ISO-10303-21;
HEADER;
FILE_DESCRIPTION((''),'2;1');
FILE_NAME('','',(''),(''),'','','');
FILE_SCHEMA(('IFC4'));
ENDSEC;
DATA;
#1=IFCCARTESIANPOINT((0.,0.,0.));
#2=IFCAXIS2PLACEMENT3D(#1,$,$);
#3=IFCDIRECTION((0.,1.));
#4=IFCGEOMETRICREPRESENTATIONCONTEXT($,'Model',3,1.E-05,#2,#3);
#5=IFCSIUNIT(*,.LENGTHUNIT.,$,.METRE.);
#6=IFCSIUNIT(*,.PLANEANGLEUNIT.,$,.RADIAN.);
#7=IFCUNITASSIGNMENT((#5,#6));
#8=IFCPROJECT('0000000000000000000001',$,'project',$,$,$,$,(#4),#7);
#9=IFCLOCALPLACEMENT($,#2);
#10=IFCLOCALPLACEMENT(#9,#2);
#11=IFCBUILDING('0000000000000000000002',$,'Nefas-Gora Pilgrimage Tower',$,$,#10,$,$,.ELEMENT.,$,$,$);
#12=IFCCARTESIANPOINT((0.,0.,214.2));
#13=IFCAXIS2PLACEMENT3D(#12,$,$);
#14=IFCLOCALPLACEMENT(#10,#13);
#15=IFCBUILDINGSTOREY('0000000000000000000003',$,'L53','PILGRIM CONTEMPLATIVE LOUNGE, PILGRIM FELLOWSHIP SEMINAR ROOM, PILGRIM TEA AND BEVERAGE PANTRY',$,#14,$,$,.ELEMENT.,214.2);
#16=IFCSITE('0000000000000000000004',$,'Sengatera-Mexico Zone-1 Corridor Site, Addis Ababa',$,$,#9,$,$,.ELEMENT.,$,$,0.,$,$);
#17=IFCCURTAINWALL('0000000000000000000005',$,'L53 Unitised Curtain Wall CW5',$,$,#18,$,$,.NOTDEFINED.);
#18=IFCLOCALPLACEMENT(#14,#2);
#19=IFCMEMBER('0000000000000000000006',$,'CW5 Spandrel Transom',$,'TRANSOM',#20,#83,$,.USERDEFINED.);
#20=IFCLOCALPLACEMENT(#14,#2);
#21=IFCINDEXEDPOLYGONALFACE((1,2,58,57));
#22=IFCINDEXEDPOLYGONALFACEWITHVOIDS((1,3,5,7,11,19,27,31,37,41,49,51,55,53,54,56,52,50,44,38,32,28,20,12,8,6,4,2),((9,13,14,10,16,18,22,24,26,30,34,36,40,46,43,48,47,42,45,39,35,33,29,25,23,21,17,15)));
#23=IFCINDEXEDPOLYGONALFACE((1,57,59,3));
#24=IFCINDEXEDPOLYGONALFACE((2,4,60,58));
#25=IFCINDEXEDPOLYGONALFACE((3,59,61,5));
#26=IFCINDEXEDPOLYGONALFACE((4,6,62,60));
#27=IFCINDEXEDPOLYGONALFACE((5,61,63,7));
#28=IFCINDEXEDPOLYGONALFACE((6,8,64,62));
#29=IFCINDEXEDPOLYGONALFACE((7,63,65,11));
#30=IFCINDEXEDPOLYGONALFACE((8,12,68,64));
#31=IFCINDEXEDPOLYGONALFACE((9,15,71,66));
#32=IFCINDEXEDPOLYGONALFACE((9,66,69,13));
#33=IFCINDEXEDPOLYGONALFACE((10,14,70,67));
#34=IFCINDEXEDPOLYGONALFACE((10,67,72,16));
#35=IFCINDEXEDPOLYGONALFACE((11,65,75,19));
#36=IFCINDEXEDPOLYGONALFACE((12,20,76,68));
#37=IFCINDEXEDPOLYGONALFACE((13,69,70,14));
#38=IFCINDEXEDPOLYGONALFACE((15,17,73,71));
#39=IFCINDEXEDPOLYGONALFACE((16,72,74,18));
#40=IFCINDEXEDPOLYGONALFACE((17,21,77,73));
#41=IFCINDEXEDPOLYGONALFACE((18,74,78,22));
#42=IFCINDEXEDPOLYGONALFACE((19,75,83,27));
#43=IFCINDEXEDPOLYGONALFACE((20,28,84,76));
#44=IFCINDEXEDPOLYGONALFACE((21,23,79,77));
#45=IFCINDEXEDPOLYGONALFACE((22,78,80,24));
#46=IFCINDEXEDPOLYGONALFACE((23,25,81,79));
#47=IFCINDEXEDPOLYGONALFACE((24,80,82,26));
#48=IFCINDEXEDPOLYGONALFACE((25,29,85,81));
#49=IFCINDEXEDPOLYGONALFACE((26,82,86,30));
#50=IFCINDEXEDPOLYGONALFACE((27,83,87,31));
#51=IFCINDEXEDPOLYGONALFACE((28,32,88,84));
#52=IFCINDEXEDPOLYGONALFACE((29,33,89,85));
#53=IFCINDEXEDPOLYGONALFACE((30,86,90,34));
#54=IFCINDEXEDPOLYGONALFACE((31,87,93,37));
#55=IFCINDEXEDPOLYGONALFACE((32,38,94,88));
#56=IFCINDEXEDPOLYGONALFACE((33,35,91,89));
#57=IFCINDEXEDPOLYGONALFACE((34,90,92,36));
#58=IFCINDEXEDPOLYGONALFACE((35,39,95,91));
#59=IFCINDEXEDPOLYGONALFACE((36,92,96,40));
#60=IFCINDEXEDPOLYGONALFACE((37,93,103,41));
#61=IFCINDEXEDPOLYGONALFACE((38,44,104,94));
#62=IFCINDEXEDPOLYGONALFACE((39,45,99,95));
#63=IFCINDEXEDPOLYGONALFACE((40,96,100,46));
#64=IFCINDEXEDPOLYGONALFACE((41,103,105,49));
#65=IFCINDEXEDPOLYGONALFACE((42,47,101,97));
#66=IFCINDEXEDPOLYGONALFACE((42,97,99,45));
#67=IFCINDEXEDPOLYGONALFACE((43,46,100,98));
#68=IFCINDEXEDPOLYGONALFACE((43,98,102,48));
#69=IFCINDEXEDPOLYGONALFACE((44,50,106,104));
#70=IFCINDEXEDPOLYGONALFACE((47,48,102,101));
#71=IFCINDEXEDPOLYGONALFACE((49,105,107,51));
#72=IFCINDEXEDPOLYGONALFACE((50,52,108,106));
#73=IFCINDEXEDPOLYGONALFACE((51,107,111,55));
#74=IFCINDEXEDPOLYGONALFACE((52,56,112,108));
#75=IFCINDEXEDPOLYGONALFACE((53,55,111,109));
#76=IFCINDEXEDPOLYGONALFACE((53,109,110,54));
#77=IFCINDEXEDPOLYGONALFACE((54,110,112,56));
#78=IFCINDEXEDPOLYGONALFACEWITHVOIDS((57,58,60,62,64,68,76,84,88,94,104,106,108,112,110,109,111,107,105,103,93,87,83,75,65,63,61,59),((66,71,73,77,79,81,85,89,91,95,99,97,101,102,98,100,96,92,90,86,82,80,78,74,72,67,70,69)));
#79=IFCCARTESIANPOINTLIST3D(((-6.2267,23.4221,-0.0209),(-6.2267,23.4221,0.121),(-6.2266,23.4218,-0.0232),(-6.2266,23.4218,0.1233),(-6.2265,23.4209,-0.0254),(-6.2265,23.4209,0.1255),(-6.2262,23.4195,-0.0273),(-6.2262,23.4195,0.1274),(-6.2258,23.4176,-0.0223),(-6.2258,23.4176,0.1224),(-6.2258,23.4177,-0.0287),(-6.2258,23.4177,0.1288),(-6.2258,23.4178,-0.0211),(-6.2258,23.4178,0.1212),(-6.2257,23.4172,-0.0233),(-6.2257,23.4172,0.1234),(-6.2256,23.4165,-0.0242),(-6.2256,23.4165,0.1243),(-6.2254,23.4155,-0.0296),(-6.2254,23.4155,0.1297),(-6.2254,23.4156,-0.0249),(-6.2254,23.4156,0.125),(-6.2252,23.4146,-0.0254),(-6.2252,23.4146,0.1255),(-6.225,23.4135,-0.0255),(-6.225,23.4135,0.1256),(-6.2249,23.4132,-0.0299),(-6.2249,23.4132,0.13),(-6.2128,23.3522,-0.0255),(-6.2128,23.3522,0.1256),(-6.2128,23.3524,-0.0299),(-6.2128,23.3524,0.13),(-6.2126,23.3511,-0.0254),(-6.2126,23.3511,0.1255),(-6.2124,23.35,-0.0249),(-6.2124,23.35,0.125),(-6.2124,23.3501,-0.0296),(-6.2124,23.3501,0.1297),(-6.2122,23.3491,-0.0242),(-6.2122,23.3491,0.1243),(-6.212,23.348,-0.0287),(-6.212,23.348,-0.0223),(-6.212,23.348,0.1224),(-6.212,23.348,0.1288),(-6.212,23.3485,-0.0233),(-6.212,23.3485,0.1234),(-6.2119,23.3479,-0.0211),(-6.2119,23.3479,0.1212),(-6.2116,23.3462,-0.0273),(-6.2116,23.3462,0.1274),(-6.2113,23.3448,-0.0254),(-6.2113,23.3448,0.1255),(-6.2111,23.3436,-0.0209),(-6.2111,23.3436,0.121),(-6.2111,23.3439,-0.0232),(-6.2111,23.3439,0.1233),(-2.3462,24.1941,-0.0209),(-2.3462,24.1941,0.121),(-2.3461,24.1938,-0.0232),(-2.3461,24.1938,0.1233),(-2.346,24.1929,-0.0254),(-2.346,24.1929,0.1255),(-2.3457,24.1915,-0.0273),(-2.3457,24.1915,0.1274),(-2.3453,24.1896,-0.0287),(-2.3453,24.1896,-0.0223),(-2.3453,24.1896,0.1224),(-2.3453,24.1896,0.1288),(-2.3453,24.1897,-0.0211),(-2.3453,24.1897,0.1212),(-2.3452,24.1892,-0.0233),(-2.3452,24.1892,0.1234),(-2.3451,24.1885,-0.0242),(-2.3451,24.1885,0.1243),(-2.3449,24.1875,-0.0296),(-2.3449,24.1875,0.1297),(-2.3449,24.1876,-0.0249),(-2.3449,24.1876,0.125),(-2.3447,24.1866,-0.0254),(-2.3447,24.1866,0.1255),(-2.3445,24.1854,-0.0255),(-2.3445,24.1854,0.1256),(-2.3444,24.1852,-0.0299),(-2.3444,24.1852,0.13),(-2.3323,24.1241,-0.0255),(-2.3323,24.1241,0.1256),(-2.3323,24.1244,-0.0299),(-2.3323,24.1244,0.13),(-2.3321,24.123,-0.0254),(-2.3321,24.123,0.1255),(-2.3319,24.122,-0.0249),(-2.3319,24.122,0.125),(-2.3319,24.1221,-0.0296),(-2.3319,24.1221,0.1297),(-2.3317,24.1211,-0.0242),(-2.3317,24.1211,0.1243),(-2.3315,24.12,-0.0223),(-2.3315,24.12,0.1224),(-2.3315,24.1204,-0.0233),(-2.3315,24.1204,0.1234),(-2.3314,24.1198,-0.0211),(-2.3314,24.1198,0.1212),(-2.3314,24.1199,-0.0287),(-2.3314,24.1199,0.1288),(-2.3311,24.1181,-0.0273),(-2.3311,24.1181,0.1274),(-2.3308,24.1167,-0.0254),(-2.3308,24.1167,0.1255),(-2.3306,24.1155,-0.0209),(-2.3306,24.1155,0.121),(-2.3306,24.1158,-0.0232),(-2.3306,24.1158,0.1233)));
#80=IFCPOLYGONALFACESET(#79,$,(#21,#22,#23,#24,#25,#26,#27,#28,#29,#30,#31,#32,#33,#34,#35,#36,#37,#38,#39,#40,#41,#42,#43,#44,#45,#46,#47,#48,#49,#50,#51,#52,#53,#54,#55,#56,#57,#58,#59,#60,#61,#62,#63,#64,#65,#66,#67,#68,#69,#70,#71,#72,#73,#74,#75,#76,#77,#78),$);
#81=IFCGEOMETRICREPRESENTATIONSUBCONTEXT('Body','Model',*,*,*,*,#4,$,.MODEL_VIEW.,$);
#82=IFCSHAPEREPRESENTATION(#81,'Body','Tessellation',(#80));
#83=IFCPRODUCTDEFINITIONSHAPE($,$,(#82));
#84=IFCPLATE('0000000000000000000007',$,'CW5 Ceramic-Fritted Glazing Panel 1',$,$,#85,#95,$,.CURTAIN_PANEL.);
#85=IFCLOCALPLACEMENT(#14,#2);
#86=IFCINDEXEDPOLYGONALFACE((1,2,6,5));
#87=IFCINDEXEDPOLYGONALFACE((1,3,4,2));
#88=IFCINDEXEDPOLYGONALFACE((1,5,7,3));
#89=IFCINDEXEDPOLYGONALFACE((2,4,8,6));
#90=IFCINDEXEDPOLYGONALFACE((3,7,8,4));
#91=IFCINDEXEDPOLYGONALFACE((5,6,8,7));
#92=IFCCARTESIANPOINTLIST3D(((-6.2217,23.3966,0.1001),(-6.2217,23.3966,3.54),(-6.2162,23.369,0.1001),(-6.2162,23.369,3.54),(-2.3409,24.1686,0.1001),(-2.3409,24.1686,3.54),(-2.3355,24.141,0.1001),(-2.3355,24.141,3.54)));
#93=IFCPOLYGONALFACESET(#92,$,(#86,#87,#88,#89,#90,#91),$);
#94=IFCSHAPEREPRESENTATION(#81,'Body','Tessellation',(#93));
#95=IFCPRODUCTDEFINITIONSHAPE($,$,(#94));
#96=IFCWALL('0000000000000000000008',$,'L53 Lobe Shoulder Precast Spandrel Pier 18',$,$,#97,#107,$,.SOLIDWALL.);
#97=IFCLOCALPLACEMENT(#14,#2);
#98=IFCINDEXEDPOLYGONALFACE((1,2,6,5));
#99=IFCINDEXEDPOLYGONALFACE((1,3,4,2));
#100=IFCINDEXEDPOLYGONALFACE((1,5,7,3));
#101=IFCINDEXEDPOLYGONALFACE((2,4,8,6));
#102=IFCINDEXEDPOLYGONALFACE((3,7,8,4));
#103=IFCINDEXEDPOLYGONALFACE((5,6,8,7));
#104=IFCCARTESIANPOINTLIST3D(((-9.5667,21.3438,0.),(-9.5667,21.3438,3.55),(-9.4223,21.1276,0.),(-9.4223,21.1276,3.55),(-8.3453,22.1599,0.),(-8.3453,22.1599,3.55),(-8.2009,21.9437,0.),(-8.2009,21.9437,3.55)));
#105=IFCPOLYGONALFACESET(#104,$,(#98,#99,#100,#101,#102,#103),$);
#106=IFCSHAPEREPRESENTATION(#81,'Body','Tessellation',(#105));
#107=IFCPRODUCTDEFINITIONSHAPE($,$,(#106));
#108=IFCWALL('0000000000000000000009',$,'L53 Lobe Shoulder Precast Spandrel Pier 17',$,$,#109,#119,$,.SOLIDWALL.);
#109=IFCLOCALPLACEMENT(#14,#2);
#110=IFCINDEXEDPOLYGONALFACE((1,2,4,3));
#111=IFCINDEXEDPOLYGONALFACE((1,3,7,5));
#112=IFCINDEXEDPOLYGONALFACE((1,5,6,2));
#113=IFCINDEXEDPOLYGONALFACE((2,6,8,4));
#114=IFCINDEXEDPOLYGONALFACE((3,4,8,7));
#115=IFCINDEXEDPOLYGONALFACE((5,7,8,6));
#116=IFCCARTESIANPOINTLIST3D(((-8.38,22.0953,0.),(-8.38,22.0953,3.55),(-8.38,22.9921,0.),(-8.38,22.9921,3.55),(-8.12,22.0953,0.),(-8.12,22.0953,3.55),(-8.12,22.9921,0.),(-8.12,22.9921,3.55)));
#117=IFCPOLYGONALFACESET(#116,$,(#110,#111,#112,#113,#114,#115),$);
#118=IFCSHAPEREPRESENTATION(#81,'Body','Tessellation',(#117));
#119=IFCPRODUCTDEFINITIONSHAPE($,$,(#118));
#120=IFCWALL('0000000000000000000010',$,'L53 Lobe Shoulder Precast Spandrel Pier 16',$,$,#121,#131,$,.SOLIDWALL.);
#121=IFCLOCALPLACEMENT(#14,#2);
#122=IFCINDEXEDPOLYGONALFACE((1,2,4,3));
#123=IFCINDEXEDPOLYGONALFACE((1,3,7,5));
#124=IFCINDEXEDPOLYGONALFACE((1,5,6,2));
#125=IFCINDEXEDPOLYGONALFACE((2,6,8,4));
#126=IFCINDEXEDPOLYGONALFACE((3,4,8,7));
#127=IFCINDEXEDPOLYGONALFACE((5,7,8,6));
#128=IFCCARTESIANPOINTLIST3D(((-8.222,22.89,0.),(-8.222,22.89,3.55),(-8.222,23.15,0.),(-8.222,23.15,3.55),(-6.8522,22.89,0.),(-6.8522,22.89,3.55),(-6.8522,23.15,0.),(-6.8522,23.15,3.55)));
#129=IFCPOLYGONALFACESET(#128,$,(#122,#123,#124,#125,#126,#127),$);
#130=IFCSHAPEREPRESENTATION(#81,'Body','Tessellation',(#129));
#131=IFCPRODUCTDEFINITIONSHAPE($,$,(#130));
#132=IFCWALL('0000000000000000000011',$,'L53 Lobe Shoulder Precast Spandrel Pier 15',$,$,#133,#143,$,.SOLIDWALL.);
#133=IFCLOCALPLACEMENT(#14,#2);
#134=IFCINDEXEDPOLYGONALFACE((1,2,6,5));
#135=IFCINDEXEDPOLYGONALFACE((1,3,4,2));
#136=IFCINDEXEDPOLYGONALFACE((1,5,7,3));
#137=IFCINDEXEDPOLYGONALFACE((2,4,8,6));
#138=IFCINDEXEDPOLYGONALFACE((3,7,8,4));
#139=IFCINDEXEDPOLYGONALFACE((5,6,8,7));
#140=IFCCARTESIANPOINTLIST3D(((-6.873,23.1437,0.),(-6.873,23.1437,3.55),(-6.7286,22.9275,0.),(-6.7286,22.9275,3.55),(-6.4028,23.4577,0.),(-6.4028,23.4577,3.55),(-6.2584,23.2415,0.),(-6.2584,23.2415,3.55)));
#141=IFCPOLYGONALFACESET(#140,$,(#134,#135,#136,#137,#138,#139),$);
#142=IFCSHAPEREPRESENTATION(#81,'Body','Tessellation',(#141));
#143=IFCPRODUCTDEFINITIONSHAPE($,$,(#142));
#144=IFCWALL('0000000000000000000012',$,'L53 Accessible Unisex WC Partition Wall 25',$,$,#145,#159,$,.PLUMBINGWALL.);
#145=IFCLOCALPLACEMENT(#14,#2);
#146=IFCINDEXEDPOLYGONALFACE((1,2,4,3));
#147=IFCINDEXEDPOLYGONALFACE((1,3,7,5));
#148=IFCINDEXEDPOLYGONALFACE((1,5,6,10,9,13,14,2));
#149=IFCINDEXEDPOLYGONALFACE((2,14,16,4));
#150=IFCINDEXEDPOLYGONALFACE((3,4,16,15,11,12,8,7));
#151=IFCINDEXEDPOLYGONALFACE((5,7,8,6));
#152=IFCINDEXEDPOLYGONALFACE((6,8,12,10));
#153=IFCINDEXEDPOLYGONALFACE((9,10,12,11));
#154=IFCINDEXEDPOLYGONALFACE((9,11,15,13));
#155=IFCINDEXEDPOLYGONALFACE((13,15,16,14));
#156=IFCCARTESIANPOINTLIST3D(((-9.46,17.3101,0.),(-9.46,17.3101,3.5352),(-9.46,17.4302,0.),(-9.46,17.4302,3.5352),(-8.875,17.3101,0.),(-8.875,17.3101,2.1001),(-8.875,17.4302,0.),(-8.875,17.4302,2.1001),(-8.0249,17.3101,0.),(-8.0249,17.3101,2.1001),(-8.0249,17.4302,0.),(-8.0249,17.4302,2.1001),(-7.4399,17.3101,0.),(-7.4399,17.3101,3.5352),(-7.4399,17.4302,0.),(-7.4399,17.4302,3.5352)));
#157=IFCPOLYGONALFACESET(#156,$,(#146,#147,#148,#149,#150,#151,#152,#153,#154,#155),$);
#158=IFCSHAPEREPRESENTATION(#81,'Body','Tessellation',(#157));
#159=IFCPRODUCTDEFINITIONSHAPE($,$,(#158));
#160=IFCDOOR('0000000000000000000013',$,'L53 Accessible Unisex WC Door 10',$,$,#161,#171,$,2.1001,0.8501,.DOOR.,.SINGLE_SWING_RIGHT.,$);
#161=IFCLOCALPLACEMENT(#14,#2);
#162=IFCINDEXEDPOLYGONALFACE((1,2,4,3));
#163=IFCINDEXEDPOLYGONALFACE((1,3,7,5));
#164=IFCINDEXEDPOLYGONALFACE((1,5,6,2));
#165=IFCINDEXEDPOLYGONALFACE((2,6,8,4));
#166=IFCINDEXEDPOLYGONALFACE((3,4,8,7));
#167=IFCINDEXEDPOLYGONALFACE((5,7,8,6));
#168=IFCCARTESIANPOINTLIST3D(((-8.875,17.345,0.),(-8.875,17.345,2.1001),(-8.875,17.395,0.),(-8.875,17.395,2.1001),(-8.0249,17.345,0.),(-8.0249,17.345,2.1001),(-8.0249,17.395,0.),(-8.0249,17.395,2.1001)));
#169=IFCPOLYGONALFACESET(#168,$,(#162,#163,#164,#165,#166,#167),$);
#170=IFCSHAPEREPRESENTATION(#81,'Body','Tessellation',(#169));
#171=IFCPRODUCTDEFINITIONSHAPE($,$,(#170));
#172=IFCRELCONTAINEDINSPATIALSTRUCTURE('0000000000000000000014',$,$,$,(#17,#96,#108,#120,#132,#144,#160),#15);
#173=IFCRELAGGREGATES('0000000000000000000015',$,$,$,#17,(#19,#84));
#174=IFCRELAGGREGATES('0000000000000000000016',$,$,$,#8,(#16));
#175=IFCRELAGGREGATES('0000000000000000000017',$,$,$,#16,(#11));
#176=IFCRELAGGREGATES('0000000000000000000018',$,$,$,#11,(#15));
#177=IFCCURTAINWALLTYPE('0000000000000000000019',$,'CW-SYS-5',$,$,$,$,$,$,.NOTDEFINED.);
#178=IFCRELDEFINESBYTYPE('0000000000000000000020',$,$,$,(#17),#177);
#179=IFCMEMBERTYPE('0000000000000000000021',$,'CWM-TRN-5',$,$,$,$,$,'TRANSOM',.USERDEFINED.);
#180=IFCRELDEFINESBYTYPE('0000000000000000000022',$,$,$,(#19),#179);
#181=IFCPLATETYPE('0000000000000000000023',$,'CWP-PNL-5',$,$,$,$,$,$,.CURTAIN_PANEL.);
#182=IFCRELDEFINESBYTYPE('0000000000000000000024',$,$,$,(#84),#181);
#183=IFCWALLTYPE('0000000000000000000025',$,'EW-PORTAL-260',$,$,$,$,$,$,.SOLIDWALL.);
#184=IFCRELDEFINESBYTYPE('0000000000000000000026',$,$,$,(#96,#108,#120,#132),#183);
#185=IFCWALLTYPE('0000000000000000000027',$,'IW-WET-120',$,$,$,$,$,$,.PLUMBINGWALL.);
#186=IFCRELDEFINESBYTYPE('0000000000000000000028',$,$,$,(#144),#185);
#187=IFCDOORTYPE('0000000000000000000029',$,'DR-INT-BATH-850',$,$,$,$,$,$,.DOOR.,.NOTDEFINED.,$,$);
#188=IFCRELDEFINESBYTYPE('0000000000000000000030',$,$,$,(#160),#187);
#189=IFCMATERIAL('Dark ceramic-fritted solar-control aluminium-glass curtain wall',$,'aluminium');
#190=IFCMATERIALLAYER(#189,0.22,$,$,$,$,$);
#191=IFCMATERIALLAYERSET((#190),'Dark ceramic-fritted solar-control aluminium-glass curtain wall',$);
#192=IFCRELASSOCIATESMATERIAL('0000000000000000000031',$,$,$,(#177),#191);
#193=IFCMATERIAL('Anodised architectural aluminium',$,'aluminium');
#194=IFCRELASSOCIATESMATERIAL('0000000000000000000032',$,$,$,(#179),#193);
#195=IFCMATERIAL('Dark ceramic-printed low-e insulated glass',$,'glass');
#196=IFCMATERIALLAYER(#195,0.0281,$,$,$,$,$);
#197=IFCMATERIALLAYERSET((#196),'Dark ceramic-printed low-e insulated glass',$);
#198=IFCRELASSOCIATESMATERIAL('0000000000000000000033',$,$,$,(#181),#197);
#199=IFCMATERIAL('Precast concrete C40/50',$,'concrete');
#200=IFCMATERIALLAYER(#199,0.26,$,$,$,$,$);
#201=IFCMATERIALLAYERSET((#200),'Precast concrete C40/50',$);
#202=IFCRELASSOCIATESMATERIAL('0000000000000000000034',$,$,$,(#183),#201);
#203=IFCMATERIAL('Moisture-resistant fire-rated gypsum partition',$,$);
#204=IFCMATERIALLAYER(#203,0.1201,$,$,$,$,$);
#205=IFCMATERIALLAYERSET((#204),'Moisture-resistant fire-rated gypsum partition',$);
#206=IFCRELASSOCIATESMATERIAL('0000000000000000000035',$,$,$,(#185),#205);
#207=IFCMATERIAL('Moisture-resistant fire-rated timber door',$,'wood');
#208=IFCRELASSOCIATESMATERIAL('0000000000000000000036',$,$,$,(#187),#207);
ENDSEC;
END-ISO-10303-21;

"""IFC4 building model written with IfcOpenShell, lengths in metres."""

from ifc_helpers import new_model, si_unit, direction, frame, frame_2d, origin, origin_2d, place, context, subcontext, project, spatial, rectangle, hollow_rectangle, extrude, source, transform, mapped, material, layer, layer_set, material_profile, profile_set, type_object, element, fill, aggregate, save


model = new_model("IFC4")

# Units and contexts
model_context = context("Model", 3, precision=1e-05, world=origin(), true_north=direction((0.0, 1.0)))
body_context = subcontext(model_context, "Body", "Model", "MODEL_VIEW")
ifc_project = project(units=[si_unit("LENGTHUNIT", "METRE"), si_unit("PLANEANGLEUNIT", "RADIAN")], contexts=[model_context])

# Site, building, storey
site_placement = place(None, origin())
site = spatial("IfcSite", under=ifc_project, at=site_placement, Name="Sengatera-Mexico Zone-1 Corridor Site, Addis Ababa", CompositionType="ELEMENT", RefElevation=0.0)
building_placement = place(site_placement, origin())
building = spatial("IfcBuilding", under=site, at=building_placement, Name="Nefas-Gora Pilgrimage Tower", CompositionType="ELEMENT")
storey_placement = place(building_placement, frame((0.0, 0.0, 214.2)))
storey = spatial("IfcBuildingStorey", under=building, at=storey_placement, Name="L53", Description="PILGRIM CONTEMPLATIVE LOUNGE, PILGRIM FELLOWSHIP SEMINAR ROOM, PILGRIM TEA AND BEVERAGE PANTRY", CompositionType="ELEMENT", Elevation=214.2)

# Shared definitions
ifc_material_1 = material(Name="Dark ceramic-fritted solar-control aluminium-glass curtain wall", Category="aluminium")
ifc_layer_1 = layer(ifc_material_1, 0.22)
ifc_layer_set_1 = layer_set([ifc_layer_1], Name="Dark ceramic-fritted solar-control aluminium-glass curtain wall")
curtain_wall_type = type_object("IfcCurtainWallType", Name="CW-SYS-5", PredefinedType="NOTDEFINED", material=ifc_layer_set_1)
ifc_material_2 = material(Name="Anodised architectural aluminium", Category="aluminium")

# Curtain wall
curtain_wall_1_placement = place(storey_placement, origin())
curtain_wall_1 = element("IfcCurtainWall", 1, at=curtain_wall_1_placement, inside=storey, type_object=curtain_wall_type, Name="L53 Unitised Curtain Wall CW5", PredefinedType="NOTDEFINED")

# Member
ifc_material_profile_1 = material_profile(ifc_material_2, hollow_rectangle(XDim=0.0801, YDim=0.1599, WallThickness=0.0044, InnerFilletRadius=0.0044, OuterFilletRadius=0.009, at=origin_2d()), Name="ALU TRANSOM 80x160")
ifc_profile_set_1 = profile_set([ifc_material_profile_1], Name="Anodised architectural aluminium")
member_type_1 = type_object("IfcMemberType", Name="CWM-TRN-5", ElementType="TRANSOM", PredefinedType="USERDEFINED", material=ifc_profile_set_1)
shared_shape_1 = source(origin(), body_context, "Body", "SweptSolid", [
    extrude(hollow_rectangle(XDim=0.0801, YDim=0.1599, WallThickness=0.0044, InnerFilletRadius=0.0044, OuterFilletRadius=0.009, at=origin_2d()), origin(), (0.0, 0.0, 1.0), 3.9565),
])
member_1_placement = place(storey_placement, frame((-2.3384, 24.1548, 0.05), z_axis=(-0.980782, -0.195107, 0.0), x_axis=(0.195107, -0.980782, 0.0)))
member_1 = element("IfcMember", 2, at=member_1_placement, type_object=member_type_1, Name="CW5 Spandrel Transom", ObjectType="TRANSOM", PredefinedType="USERDEFINED", context=body_context, shape_type="MappedRepresentation", body=[
    mapped(shared_shape_1, transform((0.0, 0.0, 0.0), x_axis=(1.0, 0.0, 0.0), y_axis=(0.0, 1.0, 0.0), z_axis=(0.0, 0.0, 1.0), scale=1.0)),
])

# Plate
ifc_material_3 = material(Name="Dark ceramic-printed low-e insulated glass", Category="glass")
ifc_layer_2 = layer(ifc_material_3, 0.0281)
ifc_layer_set_2 = layer_set([ifc_layer_2], Name="Dark ceramic-printed low-e insulated glass")
plate_type = type_object("IfcPlateType", Name="CWP-PNL-5", PredefinedType="CURTAIN_PANEL", material=ifc_layer_set_2)
shared_shape_2 = source(origin(), body_context, "Body", "SweptSolid", [
    extrude(rectangle(XDim=3.9568, YDim=0.0281, at=origin_2d()), origin(), (0.0, 0.0, 1.0), 3.4399),
])
plate_placement = place(storey_placement, frame((-4.2786, 23.7688, 0.1001), z_axis=(0.0, 0.0, 1.0), x_axis=(-0.980783, -0.195102, 0.0)))
plate = element("IfcPlate", 3, at=plate_placement, type_object=plate_type, Name="CW5 Ceramic-Fritted Glazing Panel 1", PredefinedType="CURTAIN_PANEL", context=body_context, shape_type="MappedRepresentation", body=[
    mapped(shared_shape_2, transform((0.0, 0.0, 0.0), x_axis=(1.0, 0.0, 0.0), y_axis=(0.0, 1.0, 0.0), z_axis=(0.0, 0.0, 1.0), scale=1.0)),
])
aggregate(curtain_wall_1, [member_1, plate])

# Walls
ifc_material_4 = material(Name="Precast concrete C40/50", Category="concrete")
ifc_layer_3 = layer(ifc_material_4, 0.26)
ifc_layer_set_3 = layer_set([ifc_layer_3], Name="Precast concrete C40/50")
wall_type_1 = type_object("IfcWallType", Name="EW-PORTAL-260", PredefinedType="SOLIDWALL", material=ifc_layer_set_3)
shared_shape_3 = source(origin(), body_context, "Body", "SweptSolid", [
    extrude(rectangle(XDim=1.469, YDim=0.26, at=frame_2d((0.7344, 0.0))), origin(), (0.0, 0.0, 1.0), 3.55),
])
wall_1_placement = place(storey_placement, frame((-8.2732, 22.0518, 0.0), z_axis=(0.0, 0.0, 1.0), x_axis=(-0.831462, -0.555582, 0.0)))
element("IfcWall", 4, at=wall_1_placement, inside=storey, type_object=wall_type_1, Name="L53 Lobe Shoulder Precast Spandrel Pier 18", PredefinedType="SOLIDWALL", context=body_context, shape_type="MappedRepresentation", body=[
    mapped(shared_shape_3, transform((0.0, 0.0, 0.0), x_axis=(1.0, 0.0, 0.0), y_axis=(0.0, 1.0, 0.0), z_axis=(0.0, 0.0, 1.0), scale=1.0)),
])
shared_shape_4 = source(origin(), body_context, "Body", "SweptSolid", [
    extrude(rectangle(XDim=0.8967, YDim=0.26, at=frame_2d((0.4482, 0.0))), origin(), (0.0, 0.0, 1.0), 3.55),
])
wall_2_placement = place(storey_placement, frame((-8.25, 22.9919, 0.0), z_axis=(0.0, 0.0, 1.0), x_axis=(0.0, -1.0, 0.0)))
element("IfcWall", 5, at=wall_2_placement, inside=storey, type_object=wall_type_1, Name="L53 Lobe Shoulder Precast Spandrel Pier 17", PredefinedType="SOLIDWALL", context=body_context, shape_type="MappedRepresentation", body=[
    mapped(shared_shape_4, transform((0.0, 0.0, 0.0), x_axis=(1.0, 0.0, 0.0), y_axis=(0.0, 1.0, 0.0), z_axis=(0.0, 0.0, 1.0), scale=1.0)),
])
shared_shape_5 = source(origin(), body_context, "Body", "SweptSolid", [
    extrude(rectangle(XDim=1.3699, YDim=0.26, at=frame_2d((0.6851, 0.0))), origin(), (0.0, 0.0, 1.0), 3.55),
])
wall_3_placement = place(storey_placement, frame((-6.8521, 23.02, 0.0), z_axis=(0.0, 0.0, 1.0), x_axis=(-1.0, 0.0, 0.0)))
element("IfcWall", 6, at=wall_3_placement, inside=storey, type_object=wall_type_1, Name="L53 Lobe Shoulder Precast Spandrel Pier 16", PredefinedType="SOLIDWALL", context=body_context, shape_type="MappedRepresentation", body=[
    mapped(shared_shape_5, transform((0.0, 0.0, 0.0), x_axis=(1.0, 0.0, 0.0), y_axis=(0.0, 1.0, 0.0), z_axis=(0.0, 0.0, 1.0), scale=1.0)),
])
shared_shape_6 = source(origin(), body_context, "Body", "SweptSolid", [
    extrude(rectangle(XDim=0.5654, YDim=0.26, at=frame_2d((0.2827, 0.0))), origin(), (0.0, 0.0, 1.0), 3.55),
])
wall_4_placement = place(storey_placement, frame((-6.3306, 23.3496, 0.0), z_axis=(0.0, 0.0, 1.0), x_axis=(-0.831651, -0.555298, 0.0)))
element("IfcWall", 7, at=wall_4_placement, inside=storey, type_object=wall_type_1, Name="L53 Lobe Shoulder Precast Spandrel Pier 15", PredefinedType="SOLIDWALL", context=body_context, shape_type="MappedRepresentation", body=[
    mapped(shared_shape_6, transform((0.0, 0.0, 0.0), x_axis=(1.0, 0.0, 0.0), y_axis=(0.0, 1.0, 0.0), z_axis=(0.0, 0.0, 1.0), scale=1.0)),
])

# Wall, opening, door
ifc_material_5 = material(Name="Moisture-resistant fire-rated gypsum partition")
ifc_layer_4 = layer(ifc_material_5, 0.1201)
ifc_layer_set_4 = layer_set([ifc_layer_4], Name="Moisture-resistant fire-rated gypsum partition")
wall_type_2 = type_object("IfcWallType", Name="IW-WET-120", PredefinedType="PLUMBINGWALL", material=ifc_layer_set_4)
shared_shape_7 = source(origin(), body_context, "Body", "SweptSolid", [
    extrude(rectangle(XDim=2.02, YDim=0.1201, at=frame_2d((1.01, 0.0))), origin(), (0.0, 0.0, 1.0), 3.5352),
])
wall_5_placement = place(storey_placement, frame((-9.46, 17.3701, 0.0), z_axis=(0.0, 0.0, 1.0), x_axis=(1.0, 0.0, 0.0)))
wall_5 = element("IfcWall", 8, at=wall_5_placement, inside=storey, type_object=wall_type_2, Name="L53 Accessible Unisex WC Partition Wall 25", PredefinedType="PLUMBINGWALL", context=body_context, shape_type="MappedRepresentation", body=[
    mapped(shared_shape_7, transform((0.0, 0.0, 0.0), x_axis=(1.0, 0.0, 0.0), y_axis=(0.0, 1.0, 0.0), z_axis=(0.0, 0.0, 1.0), scale=1.0)),
])
opening_1_placement = place(wall_5_placement, frame((0.585, 0.0, 0.0)))
opening_1 = element("IfcOpeningElement", 9, at=opening_1_placement, cuts=wall_5, PredefinedType="OPENING", context=body_context, shape_type="SweptSolid", body=[
    extrude(rectangle(XDim=0.8501, YDim=2.1001, at=frame_2d((0.425, 1.05))), frame((0.0, 0.0701, 0.0), z_axis=(0.0, -1.0, 0.0), x_axis=(1.0, 0.0, 0.0)), (0.0, 0.0, 1.0), 0.1401),
])
ifc_material_6 = material(Name="Moisture-resistant fire-rated timber door", Category="wood")
door_type_1 = type_object("IfcDoorType", Name="DR-INT-BATH-850", OperationType="NOTDEFINED", PredefinedType="DOOR", material=ifc_material_6)
shared_shape_8 = source(origin(), body_context, "Body", "SweptSolid", [
    extrude(rectangle(XDim=0.8501, YDim=2.1001, at=frame_2d((0.425, 1.05))), frame((0.0, 0.0249, 0.0), z_axis=(0.0, -1.0, 0.0), x_axis=(1.0, 0.0, 0.0)), (0.0, 0.0, 1.0), 0.05),
])
door_1_placement = place(opening_1_placement, origin())
door_1 = element("IfcDoor", 10, at=door_1_placement, inside=storey, type_object=door_type_1, Name="L53 Accessible Unisex WC Door 10", OperationType="SINGLE_SWING_RIGHT", OverallHeight=2.1001, OverallWidth=0.8501, PredefinedType="DOOR", context=body_context, shape_type="MappedRepresentation", body=[
    mapped(shared_shape_8, transform((0.0, 0.0, 0.0), x_axis=(1.0, 0.0, 0.0), y_axis=(0.0, 1.0, 0.0), z_axis=(0.0, 0.0, 1.0), scale=1.0)),
])
fill(opening_1, door_1)

save(model, "model.ifc")
